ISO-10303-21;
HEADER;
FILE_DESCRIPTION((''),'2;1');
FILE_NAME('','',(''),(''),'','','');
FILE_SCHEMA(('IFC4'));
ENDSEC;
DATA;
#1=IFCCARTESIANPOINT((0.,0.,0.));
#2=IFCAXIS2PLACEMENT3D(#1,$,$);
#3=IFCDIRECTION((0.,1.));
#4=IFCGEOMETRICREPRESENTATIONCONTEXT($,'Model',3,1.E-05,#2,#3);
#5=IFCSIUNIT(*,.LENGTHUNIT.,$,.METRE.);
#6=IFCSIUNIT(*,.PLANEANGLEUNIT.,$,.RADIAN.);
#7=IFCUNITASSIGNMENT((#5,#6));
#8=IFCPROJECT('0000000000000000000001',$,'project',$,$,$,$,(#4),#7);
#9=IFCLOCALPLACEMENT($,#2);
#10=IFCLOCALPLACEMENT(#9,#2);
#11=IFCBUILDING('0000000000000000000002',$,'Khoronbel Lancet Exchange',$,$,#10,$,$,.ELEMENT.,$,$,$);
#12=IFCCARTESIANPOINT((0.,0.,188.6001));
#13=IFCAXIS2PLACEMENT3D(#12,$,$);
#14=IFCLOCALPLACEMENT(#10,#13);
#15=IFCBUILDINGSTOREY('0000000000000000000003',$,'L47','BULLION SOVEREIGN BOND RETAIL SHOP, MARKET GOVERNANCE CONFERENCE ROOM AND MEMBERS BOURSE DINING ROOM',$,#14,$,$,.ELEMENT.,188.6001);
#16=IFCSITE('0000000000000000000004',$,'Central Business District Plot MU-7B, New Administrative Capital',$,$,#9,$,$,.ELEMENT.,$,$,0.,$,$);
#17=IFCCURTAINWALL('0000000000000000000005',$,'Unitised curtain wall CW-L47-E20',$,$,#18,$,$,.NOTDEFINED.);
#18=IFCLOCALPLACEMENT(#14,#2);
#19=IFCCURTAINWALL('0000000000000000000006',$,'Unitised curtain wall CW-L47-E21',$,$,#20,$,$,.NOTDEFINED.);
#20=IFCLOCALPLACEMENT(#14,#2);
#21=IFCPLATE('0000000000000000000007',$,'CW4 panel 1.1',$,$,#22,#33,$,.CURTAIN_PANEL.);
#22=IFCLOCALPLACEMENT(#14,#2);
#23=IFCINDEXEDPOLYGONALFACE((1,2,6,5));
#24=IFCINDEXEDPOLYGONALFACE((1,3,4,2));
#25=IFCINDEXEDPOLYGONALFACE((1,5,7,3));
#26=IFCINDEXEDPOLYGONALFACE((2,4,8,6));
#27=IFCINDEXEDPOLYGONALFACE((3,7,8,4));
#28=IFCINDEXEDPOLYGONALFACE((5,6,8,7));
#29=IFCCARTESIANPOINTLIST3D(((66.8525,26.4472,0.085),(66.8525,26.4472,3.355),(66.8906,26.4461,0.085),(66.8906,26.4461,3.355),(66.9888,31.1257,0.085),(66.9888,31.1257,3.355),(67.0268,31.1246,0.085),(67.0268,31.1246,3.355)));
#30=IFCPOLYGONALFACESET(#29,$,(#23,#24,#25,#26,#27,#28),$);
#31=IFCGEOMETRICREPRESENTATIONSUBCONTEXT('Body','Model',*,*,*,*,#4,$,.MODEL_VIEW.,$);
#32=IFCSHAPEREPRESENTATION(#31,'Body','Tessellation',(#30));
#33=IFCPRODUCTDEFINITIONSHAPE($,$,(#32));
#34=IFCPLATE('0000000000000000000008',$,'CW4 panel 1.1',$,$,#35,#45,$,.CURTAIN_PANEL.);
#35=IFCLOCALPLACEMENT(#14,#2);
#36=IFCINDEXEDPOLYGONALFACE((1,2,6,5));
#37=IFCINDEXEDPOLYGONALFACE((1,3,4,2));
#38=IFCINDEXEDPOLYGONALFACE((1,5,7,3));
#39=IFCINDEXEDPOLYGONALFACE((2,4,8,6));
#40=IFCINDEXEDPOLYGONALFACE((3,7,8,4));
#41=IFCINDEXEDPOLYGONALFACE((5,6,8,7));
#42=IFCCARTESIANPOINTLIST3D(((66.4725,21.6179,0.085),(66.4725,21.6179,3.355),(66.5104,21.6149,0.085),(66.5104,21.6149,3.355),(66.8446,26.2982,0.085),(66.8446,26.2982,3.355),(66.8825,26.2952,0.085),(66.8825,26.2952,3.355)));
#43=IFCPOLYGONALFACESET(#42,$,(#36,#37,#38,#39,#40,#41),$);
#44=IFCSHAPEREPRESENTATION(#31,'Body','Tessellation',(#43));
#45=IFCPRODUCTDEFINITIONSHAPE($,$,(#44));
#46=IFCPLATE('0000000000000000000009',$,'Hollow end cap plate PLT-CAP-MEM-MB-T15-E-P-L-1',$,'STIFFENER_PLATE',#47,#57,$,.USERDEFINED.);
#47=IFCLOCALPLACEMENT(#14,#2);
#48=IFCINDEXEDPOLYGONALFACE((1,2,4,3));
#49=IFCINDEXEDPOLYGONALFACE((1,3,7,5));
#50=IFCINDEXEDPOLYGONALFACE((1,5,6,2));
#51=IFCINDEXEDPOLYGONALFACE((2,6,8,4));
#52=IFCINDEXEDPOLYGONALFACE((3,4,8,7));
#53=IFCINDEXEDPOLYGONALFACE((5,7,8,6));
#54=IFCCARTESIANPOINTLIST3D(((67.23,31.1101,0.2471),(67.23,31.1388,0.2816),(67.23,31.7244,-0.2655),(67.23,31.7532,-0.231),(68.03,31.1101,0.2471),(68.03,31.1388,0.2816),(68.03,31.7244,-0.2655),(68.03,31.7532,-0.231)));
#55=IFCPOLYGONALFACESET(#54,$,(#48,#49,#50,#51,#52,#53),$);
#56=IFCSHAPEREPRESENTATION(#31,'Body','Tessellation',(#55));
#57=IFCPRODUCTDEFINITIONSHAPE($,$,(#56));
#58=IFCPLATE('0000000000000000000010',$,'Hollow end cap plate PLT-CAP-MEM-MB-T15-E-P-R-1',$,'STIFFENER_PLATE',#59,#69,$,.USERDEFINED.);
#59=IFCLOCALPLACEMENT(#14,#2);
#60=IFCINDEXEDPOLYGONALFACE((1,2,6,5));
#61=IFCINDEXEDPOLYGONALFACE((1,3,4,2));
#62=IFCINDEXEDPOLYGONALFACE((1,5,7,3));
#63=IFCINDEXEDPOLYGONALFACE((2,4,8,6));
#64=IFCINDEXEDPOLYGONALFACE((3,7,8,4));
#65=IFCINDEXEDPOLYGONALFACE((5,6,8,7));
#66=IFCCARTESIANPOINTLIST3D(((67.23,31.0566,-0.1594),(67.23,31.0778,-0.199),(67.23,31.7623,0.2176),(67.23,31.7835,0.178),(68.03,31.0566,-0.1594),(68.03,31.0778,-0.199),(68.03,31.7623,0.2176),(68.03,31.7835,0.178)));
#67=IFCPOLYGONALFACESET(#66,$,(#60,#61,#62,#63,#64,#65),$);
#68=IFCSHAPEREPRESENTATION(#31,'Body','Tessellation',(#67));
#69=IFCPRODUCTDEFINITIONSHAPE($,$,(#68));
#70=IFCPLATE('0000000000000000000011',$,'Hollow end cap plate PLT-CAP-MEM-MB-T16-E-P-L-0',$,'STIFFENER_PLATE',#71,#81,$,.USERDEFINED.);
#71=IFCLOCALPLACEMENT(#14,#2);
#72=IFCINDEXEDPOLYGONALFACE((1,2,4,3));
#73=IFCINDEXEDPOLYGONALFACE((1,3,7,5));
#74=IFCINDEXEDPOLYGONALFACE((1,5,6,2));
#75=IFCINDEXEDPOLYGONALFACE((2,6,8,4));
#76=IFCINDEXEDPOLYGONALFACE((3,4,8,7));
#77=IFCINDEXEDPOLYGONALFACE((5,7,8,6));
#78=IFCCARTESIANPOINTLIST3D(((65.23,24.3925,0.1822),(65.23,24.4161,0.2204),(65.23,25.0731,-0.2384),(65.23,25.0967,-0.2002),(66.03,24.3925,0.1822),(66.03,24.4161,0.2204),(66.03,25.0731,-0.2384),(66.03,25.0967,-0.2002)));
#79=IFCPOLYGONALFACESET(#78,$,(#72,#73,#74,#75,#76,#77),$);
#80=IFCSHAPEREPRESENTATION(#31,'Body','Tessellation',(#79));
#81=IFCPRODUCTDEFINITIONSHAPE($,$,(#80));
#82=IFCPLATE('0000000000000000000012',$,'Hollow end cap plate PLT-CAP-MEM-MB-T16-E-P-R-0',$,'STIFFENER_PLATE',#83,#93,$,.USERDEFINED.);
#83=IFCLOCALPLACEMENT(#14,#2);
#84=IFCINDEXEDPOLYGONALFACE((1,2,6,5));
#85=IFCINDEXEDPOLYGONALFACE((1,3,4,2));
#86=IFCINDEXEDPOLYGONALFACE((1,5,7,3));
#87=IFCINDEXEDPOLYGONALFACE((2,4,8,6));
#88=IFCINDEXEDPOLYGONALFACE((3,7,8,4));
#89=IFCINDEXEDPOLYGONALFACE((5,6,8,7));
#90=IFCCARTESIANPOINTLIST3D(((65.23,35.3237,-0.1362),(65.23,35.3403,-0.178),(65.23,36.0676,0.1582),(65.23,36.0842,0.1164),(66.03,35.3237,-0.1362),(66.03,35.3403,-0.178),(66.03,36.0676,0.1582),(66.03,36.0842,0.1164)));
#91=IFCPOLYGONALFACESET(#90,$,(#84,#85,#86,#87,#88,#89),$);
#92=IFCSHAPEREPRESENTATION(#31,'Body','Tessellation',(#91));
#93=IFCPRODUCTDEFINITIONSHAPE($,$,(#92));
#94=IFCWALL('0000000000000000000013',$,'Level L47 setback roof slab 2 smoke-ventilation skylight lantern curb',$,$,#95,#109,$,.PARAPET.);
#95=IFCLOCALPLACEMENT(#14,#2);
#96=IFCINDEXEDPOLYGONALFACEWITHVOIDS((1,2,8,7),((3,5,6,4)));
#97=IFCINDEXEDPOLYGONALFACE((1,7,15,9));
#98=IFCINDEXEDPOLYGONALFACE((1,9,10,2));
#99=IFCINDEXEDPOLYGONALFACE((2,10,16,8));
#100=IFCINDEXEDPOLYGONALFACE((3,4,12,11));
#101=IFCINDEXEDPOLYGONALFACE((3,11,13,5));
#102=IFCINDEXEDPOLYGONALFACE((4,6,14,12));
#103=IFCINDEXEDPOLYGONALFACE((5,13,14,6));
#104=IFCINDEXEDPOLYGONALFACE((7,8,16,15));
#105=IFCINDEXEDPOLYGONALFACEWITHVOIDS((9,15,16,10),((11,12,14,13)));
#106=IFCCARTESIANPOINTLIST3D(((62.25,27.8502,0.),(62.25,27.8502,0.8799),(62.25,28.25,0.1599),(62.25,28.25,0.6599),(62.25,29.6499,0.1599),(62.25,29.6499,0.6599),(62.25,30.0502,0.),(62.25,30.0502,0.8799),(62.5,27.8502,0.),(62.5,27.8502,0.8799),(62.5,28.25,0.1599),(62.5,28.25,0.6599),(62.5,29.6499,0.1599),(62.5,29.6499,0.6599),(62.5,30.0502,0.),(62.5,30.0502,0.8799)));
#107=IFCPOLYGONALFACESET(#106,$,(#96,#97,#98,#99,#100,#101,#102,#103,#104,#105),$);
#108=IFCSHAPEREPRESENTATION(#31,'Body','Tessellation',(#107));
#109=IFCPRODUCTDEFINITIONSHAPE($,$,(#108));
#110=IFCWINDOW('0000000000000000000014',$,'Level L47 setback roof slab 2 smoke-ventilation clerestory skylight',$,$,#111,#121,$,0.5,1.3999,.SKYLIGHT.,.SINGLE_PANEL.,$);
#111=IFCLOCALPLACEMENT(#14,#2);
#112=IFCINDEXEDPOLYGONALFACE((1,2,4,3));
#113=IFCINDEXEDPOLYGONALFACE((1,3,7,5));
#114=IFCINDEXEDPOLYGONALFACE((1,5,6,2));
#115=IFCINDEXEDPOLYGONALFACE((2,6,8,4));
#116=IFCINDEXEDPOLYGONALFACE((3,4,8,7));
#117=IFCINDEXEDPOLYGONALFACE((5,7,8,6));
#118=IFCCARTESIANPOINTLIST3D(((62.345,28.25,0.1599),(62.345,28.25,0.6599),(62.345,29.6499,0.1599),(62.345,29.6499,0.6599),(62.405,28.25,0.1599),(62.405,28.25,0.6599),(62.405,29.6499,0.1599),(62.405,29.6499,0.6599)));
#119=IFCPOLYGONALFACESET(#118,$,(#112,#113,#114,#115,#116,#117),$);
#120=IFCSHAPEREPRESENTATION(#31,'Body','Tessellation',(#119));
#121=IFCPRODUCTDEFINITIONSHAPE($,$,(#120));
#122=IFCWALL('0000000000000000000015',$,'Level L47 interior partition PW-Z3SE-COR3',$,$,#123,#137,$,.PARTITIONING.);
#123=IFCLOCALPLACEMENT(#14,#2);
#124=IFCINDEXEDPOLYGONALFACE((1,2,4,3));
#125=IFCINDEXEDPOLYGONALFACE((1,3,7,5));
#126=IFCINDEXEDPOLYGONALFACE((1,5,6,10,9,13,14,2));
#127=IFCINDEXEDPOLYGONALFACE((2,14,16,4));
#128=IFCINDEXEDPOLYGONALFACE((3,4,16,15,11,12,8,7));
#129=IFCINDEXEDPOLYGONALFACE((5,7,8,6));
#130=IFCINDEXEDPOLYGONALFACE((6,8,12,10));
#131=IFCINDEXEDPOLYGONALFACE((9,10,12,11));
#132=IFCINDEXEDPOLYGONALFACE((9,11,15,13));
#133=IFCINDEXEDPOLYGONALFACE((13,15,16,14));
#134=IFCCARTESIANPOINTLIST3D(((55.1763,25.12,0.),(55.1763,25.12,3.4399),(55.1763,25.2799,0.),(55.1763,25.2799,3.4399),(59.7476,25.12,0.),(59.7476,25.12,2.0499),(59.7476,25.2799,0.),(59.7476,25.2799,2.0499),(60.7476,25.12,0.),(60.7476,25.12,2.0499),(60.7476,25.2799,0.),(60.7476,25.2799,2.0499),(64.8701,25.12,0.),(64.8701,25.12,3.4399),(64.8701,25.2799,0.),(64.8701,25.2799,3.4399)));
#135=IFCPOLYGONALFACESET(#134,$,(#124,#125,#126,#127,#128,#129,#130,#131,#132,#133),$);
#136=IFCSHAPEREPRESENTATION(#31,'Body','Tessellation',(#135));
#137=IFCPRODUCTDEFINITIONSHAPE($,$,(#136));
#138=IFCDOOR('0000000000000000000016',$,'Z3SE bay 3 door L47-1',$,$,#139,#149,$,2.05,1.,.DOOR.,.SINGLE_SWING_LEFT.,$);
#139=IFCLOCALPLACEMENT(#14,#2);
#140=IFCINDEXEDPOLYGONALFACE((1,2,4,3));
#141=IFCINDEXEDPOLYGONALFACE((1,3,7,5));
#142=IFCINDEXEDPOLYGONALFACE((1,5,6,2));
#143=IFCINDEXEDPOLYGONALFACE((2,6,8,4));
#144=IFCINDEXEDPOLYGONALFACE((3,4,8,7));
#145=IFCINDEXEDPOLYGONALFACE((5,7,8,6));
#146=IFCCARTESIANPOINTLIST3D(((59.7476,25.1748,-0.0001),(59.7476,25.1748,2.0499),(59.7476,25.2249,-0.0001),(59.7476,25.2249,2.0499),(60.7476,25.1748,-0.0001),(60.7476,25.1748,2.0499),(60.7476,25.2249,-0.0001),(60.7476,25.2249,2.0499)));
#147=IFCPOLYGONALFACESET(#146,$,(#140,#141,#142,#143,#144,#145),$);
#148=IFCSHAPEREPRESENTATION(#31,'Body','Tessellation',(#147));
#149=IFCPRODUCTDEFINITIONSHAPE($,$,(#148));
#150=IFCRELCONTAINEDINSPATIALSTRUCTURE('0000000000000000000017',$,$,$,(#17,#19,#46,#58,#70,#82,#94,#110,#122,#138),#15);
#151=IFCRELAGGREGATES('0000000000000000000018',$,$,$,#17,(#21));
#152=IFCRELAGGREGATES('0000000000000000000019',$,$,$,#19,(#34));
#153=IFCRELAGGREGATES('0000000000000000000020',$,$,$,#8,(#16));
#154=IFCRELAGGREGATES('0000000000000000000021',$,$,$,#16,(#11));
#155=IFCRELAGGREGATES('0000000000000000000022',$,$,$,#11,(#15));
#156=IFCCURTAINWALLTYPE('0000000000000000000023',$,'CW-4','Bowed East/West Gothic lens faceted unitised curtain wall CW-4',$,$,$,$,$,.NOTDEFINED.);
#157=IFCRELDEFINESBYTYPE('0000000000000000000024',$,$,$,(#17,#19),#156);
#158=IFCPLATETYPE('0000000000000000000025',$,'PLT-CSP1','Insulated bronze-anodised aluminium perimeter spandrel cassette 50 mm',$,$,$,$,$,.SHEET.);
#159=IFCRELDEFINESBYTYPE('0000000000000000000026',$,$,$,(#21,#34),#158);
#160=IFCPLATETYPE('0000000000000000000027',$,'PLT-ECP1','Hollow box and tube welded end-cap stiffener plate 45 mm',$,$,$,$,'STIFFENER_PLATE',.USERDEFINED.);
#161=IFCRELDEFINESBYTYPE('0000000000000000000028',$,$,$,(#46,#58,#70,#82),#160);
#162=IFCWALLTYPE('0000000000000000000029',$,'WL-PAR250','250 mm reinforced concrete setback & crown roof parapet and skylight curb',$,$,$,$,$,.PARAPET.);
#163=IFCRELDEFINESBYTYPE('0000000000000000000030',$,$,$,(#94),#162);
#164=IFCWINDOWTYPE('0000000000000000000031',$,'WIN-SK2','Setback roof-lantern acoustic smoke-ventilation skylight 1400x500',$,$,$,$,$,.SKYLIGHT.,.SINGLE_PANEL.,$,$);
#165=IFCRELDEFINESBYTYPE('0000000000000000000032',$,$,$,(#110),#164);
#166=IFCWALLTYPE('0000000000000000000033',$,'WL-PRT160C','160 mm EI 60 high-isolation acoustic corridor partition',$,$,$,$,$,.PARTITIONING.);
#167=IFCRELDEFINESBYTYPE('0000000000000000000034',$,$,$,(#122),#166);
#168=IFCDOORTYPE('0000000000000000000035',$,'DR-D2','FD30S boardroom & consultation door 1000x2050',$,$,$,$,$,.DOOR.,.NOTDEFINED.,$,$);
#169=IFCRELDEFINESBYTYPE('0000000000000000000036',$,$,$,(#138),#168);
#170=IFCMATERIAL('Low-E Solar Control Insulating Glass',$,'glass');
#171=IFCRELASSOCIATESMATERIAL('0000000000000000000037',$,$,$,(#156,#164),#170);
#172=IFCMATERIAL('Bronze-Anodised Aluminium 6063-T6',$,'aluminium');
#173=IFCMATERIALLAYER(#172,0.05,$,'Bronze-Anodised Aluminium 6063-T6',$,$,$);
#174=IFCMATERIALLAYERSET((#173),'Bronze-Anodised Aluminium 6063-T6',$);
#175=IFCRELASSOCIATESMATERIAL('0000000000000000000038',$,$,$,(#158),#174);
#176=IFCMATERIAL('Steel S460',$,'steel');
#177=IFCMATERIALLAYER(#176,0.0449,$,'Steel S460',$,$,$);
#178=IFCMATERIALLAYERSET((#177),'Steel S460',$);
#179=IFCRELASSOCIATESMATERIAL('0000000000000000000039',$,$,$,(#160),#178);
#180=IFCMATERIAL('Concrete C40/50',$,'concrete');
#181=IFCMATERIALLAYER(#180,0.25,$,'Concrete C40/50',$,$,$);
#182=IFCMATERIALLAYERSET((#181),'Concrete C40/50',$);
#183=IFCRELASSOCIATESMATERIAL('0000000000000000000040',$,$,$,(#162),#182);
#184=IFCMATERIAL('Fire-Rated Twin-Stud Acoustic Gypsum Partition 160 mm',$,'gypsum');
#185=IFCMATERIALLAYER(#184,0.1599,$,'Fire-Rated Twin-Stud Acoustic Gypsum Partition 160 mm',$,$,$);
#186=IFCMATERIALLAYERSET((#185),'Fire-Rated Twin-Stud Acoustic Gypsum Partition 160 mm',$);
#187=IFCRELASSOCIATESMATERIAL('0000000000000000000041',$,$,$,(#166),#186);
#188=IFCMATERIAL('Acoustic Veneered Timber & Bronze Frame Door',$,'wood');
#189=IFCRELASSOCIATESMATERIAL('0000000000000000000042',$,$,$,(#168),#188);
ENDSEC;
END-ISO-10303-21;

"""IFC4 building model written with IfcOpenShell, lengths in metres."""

from ifc_helpers import new_model, si_unit, direction, frame, frame_2d, origin, origin_2d, place, context, subcontext, project, spatial, polyline, rectangle, outline, extrude, material, layer, layer_set, type_object, element, fill, aggregate, save


model = new_model("IFC4")

# Units and contexts
model_context = context("Model", 3, precision=1e-05, world=origin(), true_north=direction((0.0, 1.0)))
body_context = subcontext(model_context, "Body", "Model", "MODEL_VIEW")
ifc_project = project(units=[si_unit("LENGTHUNIT", "METRE"), si_unit("PLANEANGLEUNIT", "RADIAN")], contexts=[model_context])

# Site, building, storey
site_placement = place(None, origin())
site = spatial("IfcSite", under=ifc_project, at=site_placement, Name="Central Business District Plot MU-7B, New Administrative Capital", CompositionType="ELEMENT", RefElevation=0.0)
building_placement = place(site_placement, origin())
building = spatial("IfcBuilding", under=site, at=building_placement, Name="Khoronbel Lancet Exchange", CompositionType="ELEMENT")
storey_placement = place(building_placement, frame((0.0, 0.0, 188.6001)))
storey = spatial("IfcBuildingStorey", under=building, at=storey_placement, Name="L47", Description="BULLION SOVEREIGN BOND RETAIL SHOP, MARKET GOVERNANCE CONFERENCE ROOM AND MEMBERS BOURSE DINING ROOM", CompositionType="ELEMENT", Elevation=188.6001)

# Shared definitions
ifc_material_1 = material(Name="Low-E Solar Control Insulating Glass", Category="glass")
curtain_wall_type = type_object("IfcCurtainWallType", Name="CW-4", Description="Bowed East/West Gothic lens faceted unitised curtain wall CW-4", PredefinedType="NOTDEFINED", material=ifc_material_1)
ifc_material_2 = material(Name="Bronze-Anodised Aluminium 6063-T6", Category="aluminium")

# Curtain wall
curtain_wall_1_placement = place(storey_placement, origin())
curtain_wall_1 = element("IfcCurtainWall", 1, at=curtain_wall_1_placement, inside=storey, type_object=curtain_wall_type, Name="Unitised curtain wall CW-L47-E20", PredefinedType="NOTDEFINED")

# Curtain wall
curtain_wall_2_placement = place(storey_placement, origin())
curtain_wall_2 = element("IfcCurtainWall", 2, at=curtain_wall_2_placement, inside=storey, type_object=curtain_wall_type, Name="Unitised curtain wall CW-L47-E21", PredefinedType="NOTDEFINED")

# Shared definitions
ifc_material_3 = material(Name="Steel S460", Category="steel")

# Plates
ifc_layer_1 = layer(ifc_material_2, 0.05, Name="Bronze-Anodised Aluminium 6063-T6")
ifc_layer_set_1 = layer_set([ifc_layer_1], Name="Bronze-Anodised Aluminium 6063-T6")
plate_type_1 = type_object("IfcPlateType", Name="PLT-CSP1", Description="Insulated bronze-anodised aluminium perimeter spandrel cassette 50 mm", PredefinedType="SHEET", material=ifc_layer_set_1)
plate_1_placement = place(storey_placement, frame((66.9397, 28.7859, 0.085), z_axis=(0.0, 0.0, 1.0), x_axis=(-0.029107, -0.999576, 0.0)))
plate_1 = element("IfcPlate", 3, at=plate_1_placement, type_object=plate_type_1, Name="CW4 panel 1.1", PredefinedType="CURTAIN_PANEL", context=body_context, shape_type="SweptSolid", body=[
    extrude(rectangle(XDim=4.6804, YDim=0.0381, at=origin_2d()), origin(), (0.0, 0.0, 1.0), 3.27),
])
aggregate(curtain_wall_1, [plate_1])
plate_2_placement = place(storey_placement, frame((66.6775, 23.9565, 0.085), z_axis=(0.0, 0.0, 1.0), x_axis=(-0.079255, -0.996854, 0.0)))
plate_2 = element("IfcPlate", 4, at=plate_2_placement, type_object=plate_type_1, Name="CW4 panel 1.1", PredefinedType="CURTAIN_PANEL", context=body_context, shape_type="SweptSolid", body=[
    extrude(rectangle(XDim=4.6951, YDim=0.0381, at=origin_2d()), origin(), (0.0, 0.0, 1.0), 3.27),
])
aggregate(curtain_wall_2, [plate_2])

# Plates
ifc_layer_2 = layer(ifc_material_3, 0.0449, Name="Steel S460")
ifc_layer_set_2 = layer_set([ifc_layer_2], Name="Steel S460")
plate_type_2 = type_object("IfcPlateType", Name="PLT-ECP1", Description="Hollow box and tube welded end-cap stiffener plate 45 mm", ElementType="STIFFENER_PLATE", PredefinedType="USERDEFINED", material=ifc_layer_set_2)
for number, where, z_axis, x_axis, name in (
    (5, (68.03, 31.7532, -0.231), (0.0, 0.640605, 0.767871), (-1.0, 0.0, 0.0), "Hollow end cap plate PLT-CAP-MEM-MB-T15-E-P-L-1"),
    (6, (67.23, 31.0566, -0.1594), (0.0, -0.471222, 0.882015), (1.0, 0.0, 0.0), "Hollow end cap plate PLT-CAP-MEM-MB-T15-E-P-R-1"),
    (7, (66.03, 25.0967, -0.2002), (0.0, 0.525714, 0.850662), (-1.0, 0.0, 0.0), "Hollow end cap plate PLT-CAP-MEM-MB-T16-E-P-L-0"),
    (8, (65.23, 35.3237, -0.1362), (0.0, -0.368021, 0.929817), (1.0, 0.0, 0.0), "Hollow end cap plate PLT-CAP-MEM-MB-T16-E-P-R-0"),
):
    element("IfcPlate", number, at=place(storey_placement, frame(where, z_axis=z_axis, x_axis=x_axis)), inside=storey, type_object=plate_type_2, Name=name, ObjectType="STIFFENER_PLATE", PredefinedType="USERDEFINED", context=body_context, shape_type="SweptSolid", body=[
        extrude(outline(polyline([(0.0, 0.0), (0.8, 0.0), (0.8, 0.8), (0.0, 0.8), (0.0, 0.0)])), origin(), (0.0, 0.0, -1.0), 0.0449),
    ])

# Wall, opening, window
ifc_material_4 = material(Name="Concrete C40/50", Category="concrete")
ifc_layer_3 = layer(ifc_material_4, 0.25, Name="Concrete C40/50")
ifc_layer_set_3 = layer_set([ifc_layer_3], Name="Concrete C40/50")
wall_type_1 = type_object("IfcWallType", Name="WL-PAR250", Description="250 mm reinforced concrete setback & crown roof parapet and skylight curb", PredefinedType="PARAPET", material=ifc_layer_set_3)
wall_1_placement = place(storey_placement, frame((62.375, 27.8501, 0.0), z_axis=(0.0, 0.0, 1.0), x_axis=(0.0, 1.0, 0.0)))
wall_1 = element("IfcWall", 9, at=wall_1_placement, inside=storey, type_object=wall_type_1, Name="Level L47 setback roof slab 2 smoke-ventilation skylight lantern curb", PredefinedType="PARAPET", context=body_context, shape_type="SweptSolid", body=[
    extrude(rectangle(XDim=2.2, YDim=0.25, at=frame_2d((1.1001, 0.0))), origin(), (0.0, 0.0, 1.0), 0.8799),
])
opening_1_placement = place(wall_1_placement, frame((0.3999, 0.0, 0.1599)))
opening_1 = element("IfcOpeningElement", 10, at=opening_1_placement, cuts=wall_1, PredefinedType="OPENING", context=body_context, shape_type="SweptSolid", body=[
    extrude(rectangle(XDim=1.3999, YDim=0.5, at=frame_2d((0.7, 0.25))), frame((0.0, 0.135, 0.0), z_axis=(0.0, -1.0, 0.0), x_axis=(1.0, 0.0, 0.0)), (0.0, 0.0, 1.0), 0.27),
])
window_type = type_object("IfcWindowType", Name="WIN-SK2", Description="Setback roof-lantern acoustic smoke-ventilation skylight 1400x500", PartitioningType="SINGLE_PANEL", PredefinedType="SKYLIGHT", material=ifc_material_1)
window_placement = place(opening_1_placement, origin())
window = element("IfcWindow", 11, at=window_placement, inside=storey, type_object=window_type, Name="Level L47 setback roof slab 2 smoke-ventilation clerestory skylight", OverallHeight=0.5, OverallWidth=1.3999, PartitioningType="SINGLE_PANEL", PredefinedType="SKYLIGHT", context=body_context, shape_type="SweptSolid", body=[
    extrude(rectangle(XDim=1.3999, YDim=0.5, at=frame_2d((0.7, 0.25))), frame((0.0, 0.03, 0.0), z_axis=(0.0, -1.0, 0.0), x_axis=(1.0, 0.0, 0.0)), (0.0, 0.0, 1.0), 0.0601),
])
fill(opening_1, window)

# Wall, opening, door
ifc_material_5 = material(Name="Fire-Rated Twin-Stud Acoustic Gypsum Partition 160 mm", Category="gypsum")
ifc_layer_4 = layer(ifc_material_5, 0.1599, Name="Fire-Rated Twin-Stud Acoustic Gypsum Partition 160 mm")
ifc_layer_set_4 = layer_set([ifc_layer_4], Name="Fire-Rated Twin-Stud Acoustic Gypsum Partition 160 mm")
wall_type_2 = type_object("IfcWallType", Name="WL-PRT160C", Description="160 mm EI 60 high-isolation acoustic corridor partition", PredefinedType="PARTITIONING", material=ifc_layer_set_4)
wall_2_placement = place(storey_placement, frame((55.1763, 25.2, 0.0), z_axis=(0.0, 0.0, 1.0), x_axis=(1.0, 0.0, 0.0)))
wall_2 = element("IfcWall", 12, at=wall_2_placement, inside=storey, type_object=wall_type_2, Name="Level L47 interior partition PW-Z3SE-COR3", PredefinedType="PARTITIONING", context=body_context, shape_type="SweptSolid", body=[
    extrude(rectangle(XDim=9.6938, YDim=0.1599, at=frame_2d((4.8469, 0.0))), origin(), (0.0, 0.0, 1.0), 3.4399),
])
opening_2_placement = place(wall_2_placement, frame((4.5713, 0.0, 0.0)))
opening_2 = element("IfcOpeningElement", 13, at=opening_2_placement, cuts=wall_2, PredefinedType="OPENING", context=body_context, shape_type="SweptSolid", body=[
    extrude(rectangle(XDim=1.0, YDim=2.05, at=frame_2d((0.5, 1.0249))), frame((0.0, 0.0898, 0.0), z_axis=(0.0, -1.0, 0.0), x_axis=(1.0, 0.0, 0.0)), (0.0, 0.0, 1.0), 0.1799),
])
ifc_material_6 = material(Name="Acoustic Veneered Timber & Bronze Frame Door", Category="wood")
door_type = type_object("IfcDoorType", Name="DR-D2", Description="FD30S boardroom & consultation door 1000x2050", OperationType="NOTDEFINED", PredefinedType="DOOR", material=ifc_material_6)
door_placement = place(opening_2_placement, origin())
door = element("IfcDoor", 14, at=door_placement, inside=storey, type_object=door_type, Name="Z3SE bay 3 door L47-1", OperationType="SINGLE_SWING_LEFT", OverallHeight=2.05, OverallWidth=1.0, PredefinedType="DOOR", context=body_context, shape_type="SweptSolid", body=[
    extrude(rectangle(XDim=1.0, YDim=2.05, at=frame_2d((0.5, 1.0249))), frame((0.0, 0.0249, 0.0), z_axis=(0.0, -1.0, 0.0), x_axis=(1.0, 0.0, 0.0)), (0.0, 0.0, 1.0), 0.05),
])
fill(opening_2, door)

save(model, "model.ifc")
